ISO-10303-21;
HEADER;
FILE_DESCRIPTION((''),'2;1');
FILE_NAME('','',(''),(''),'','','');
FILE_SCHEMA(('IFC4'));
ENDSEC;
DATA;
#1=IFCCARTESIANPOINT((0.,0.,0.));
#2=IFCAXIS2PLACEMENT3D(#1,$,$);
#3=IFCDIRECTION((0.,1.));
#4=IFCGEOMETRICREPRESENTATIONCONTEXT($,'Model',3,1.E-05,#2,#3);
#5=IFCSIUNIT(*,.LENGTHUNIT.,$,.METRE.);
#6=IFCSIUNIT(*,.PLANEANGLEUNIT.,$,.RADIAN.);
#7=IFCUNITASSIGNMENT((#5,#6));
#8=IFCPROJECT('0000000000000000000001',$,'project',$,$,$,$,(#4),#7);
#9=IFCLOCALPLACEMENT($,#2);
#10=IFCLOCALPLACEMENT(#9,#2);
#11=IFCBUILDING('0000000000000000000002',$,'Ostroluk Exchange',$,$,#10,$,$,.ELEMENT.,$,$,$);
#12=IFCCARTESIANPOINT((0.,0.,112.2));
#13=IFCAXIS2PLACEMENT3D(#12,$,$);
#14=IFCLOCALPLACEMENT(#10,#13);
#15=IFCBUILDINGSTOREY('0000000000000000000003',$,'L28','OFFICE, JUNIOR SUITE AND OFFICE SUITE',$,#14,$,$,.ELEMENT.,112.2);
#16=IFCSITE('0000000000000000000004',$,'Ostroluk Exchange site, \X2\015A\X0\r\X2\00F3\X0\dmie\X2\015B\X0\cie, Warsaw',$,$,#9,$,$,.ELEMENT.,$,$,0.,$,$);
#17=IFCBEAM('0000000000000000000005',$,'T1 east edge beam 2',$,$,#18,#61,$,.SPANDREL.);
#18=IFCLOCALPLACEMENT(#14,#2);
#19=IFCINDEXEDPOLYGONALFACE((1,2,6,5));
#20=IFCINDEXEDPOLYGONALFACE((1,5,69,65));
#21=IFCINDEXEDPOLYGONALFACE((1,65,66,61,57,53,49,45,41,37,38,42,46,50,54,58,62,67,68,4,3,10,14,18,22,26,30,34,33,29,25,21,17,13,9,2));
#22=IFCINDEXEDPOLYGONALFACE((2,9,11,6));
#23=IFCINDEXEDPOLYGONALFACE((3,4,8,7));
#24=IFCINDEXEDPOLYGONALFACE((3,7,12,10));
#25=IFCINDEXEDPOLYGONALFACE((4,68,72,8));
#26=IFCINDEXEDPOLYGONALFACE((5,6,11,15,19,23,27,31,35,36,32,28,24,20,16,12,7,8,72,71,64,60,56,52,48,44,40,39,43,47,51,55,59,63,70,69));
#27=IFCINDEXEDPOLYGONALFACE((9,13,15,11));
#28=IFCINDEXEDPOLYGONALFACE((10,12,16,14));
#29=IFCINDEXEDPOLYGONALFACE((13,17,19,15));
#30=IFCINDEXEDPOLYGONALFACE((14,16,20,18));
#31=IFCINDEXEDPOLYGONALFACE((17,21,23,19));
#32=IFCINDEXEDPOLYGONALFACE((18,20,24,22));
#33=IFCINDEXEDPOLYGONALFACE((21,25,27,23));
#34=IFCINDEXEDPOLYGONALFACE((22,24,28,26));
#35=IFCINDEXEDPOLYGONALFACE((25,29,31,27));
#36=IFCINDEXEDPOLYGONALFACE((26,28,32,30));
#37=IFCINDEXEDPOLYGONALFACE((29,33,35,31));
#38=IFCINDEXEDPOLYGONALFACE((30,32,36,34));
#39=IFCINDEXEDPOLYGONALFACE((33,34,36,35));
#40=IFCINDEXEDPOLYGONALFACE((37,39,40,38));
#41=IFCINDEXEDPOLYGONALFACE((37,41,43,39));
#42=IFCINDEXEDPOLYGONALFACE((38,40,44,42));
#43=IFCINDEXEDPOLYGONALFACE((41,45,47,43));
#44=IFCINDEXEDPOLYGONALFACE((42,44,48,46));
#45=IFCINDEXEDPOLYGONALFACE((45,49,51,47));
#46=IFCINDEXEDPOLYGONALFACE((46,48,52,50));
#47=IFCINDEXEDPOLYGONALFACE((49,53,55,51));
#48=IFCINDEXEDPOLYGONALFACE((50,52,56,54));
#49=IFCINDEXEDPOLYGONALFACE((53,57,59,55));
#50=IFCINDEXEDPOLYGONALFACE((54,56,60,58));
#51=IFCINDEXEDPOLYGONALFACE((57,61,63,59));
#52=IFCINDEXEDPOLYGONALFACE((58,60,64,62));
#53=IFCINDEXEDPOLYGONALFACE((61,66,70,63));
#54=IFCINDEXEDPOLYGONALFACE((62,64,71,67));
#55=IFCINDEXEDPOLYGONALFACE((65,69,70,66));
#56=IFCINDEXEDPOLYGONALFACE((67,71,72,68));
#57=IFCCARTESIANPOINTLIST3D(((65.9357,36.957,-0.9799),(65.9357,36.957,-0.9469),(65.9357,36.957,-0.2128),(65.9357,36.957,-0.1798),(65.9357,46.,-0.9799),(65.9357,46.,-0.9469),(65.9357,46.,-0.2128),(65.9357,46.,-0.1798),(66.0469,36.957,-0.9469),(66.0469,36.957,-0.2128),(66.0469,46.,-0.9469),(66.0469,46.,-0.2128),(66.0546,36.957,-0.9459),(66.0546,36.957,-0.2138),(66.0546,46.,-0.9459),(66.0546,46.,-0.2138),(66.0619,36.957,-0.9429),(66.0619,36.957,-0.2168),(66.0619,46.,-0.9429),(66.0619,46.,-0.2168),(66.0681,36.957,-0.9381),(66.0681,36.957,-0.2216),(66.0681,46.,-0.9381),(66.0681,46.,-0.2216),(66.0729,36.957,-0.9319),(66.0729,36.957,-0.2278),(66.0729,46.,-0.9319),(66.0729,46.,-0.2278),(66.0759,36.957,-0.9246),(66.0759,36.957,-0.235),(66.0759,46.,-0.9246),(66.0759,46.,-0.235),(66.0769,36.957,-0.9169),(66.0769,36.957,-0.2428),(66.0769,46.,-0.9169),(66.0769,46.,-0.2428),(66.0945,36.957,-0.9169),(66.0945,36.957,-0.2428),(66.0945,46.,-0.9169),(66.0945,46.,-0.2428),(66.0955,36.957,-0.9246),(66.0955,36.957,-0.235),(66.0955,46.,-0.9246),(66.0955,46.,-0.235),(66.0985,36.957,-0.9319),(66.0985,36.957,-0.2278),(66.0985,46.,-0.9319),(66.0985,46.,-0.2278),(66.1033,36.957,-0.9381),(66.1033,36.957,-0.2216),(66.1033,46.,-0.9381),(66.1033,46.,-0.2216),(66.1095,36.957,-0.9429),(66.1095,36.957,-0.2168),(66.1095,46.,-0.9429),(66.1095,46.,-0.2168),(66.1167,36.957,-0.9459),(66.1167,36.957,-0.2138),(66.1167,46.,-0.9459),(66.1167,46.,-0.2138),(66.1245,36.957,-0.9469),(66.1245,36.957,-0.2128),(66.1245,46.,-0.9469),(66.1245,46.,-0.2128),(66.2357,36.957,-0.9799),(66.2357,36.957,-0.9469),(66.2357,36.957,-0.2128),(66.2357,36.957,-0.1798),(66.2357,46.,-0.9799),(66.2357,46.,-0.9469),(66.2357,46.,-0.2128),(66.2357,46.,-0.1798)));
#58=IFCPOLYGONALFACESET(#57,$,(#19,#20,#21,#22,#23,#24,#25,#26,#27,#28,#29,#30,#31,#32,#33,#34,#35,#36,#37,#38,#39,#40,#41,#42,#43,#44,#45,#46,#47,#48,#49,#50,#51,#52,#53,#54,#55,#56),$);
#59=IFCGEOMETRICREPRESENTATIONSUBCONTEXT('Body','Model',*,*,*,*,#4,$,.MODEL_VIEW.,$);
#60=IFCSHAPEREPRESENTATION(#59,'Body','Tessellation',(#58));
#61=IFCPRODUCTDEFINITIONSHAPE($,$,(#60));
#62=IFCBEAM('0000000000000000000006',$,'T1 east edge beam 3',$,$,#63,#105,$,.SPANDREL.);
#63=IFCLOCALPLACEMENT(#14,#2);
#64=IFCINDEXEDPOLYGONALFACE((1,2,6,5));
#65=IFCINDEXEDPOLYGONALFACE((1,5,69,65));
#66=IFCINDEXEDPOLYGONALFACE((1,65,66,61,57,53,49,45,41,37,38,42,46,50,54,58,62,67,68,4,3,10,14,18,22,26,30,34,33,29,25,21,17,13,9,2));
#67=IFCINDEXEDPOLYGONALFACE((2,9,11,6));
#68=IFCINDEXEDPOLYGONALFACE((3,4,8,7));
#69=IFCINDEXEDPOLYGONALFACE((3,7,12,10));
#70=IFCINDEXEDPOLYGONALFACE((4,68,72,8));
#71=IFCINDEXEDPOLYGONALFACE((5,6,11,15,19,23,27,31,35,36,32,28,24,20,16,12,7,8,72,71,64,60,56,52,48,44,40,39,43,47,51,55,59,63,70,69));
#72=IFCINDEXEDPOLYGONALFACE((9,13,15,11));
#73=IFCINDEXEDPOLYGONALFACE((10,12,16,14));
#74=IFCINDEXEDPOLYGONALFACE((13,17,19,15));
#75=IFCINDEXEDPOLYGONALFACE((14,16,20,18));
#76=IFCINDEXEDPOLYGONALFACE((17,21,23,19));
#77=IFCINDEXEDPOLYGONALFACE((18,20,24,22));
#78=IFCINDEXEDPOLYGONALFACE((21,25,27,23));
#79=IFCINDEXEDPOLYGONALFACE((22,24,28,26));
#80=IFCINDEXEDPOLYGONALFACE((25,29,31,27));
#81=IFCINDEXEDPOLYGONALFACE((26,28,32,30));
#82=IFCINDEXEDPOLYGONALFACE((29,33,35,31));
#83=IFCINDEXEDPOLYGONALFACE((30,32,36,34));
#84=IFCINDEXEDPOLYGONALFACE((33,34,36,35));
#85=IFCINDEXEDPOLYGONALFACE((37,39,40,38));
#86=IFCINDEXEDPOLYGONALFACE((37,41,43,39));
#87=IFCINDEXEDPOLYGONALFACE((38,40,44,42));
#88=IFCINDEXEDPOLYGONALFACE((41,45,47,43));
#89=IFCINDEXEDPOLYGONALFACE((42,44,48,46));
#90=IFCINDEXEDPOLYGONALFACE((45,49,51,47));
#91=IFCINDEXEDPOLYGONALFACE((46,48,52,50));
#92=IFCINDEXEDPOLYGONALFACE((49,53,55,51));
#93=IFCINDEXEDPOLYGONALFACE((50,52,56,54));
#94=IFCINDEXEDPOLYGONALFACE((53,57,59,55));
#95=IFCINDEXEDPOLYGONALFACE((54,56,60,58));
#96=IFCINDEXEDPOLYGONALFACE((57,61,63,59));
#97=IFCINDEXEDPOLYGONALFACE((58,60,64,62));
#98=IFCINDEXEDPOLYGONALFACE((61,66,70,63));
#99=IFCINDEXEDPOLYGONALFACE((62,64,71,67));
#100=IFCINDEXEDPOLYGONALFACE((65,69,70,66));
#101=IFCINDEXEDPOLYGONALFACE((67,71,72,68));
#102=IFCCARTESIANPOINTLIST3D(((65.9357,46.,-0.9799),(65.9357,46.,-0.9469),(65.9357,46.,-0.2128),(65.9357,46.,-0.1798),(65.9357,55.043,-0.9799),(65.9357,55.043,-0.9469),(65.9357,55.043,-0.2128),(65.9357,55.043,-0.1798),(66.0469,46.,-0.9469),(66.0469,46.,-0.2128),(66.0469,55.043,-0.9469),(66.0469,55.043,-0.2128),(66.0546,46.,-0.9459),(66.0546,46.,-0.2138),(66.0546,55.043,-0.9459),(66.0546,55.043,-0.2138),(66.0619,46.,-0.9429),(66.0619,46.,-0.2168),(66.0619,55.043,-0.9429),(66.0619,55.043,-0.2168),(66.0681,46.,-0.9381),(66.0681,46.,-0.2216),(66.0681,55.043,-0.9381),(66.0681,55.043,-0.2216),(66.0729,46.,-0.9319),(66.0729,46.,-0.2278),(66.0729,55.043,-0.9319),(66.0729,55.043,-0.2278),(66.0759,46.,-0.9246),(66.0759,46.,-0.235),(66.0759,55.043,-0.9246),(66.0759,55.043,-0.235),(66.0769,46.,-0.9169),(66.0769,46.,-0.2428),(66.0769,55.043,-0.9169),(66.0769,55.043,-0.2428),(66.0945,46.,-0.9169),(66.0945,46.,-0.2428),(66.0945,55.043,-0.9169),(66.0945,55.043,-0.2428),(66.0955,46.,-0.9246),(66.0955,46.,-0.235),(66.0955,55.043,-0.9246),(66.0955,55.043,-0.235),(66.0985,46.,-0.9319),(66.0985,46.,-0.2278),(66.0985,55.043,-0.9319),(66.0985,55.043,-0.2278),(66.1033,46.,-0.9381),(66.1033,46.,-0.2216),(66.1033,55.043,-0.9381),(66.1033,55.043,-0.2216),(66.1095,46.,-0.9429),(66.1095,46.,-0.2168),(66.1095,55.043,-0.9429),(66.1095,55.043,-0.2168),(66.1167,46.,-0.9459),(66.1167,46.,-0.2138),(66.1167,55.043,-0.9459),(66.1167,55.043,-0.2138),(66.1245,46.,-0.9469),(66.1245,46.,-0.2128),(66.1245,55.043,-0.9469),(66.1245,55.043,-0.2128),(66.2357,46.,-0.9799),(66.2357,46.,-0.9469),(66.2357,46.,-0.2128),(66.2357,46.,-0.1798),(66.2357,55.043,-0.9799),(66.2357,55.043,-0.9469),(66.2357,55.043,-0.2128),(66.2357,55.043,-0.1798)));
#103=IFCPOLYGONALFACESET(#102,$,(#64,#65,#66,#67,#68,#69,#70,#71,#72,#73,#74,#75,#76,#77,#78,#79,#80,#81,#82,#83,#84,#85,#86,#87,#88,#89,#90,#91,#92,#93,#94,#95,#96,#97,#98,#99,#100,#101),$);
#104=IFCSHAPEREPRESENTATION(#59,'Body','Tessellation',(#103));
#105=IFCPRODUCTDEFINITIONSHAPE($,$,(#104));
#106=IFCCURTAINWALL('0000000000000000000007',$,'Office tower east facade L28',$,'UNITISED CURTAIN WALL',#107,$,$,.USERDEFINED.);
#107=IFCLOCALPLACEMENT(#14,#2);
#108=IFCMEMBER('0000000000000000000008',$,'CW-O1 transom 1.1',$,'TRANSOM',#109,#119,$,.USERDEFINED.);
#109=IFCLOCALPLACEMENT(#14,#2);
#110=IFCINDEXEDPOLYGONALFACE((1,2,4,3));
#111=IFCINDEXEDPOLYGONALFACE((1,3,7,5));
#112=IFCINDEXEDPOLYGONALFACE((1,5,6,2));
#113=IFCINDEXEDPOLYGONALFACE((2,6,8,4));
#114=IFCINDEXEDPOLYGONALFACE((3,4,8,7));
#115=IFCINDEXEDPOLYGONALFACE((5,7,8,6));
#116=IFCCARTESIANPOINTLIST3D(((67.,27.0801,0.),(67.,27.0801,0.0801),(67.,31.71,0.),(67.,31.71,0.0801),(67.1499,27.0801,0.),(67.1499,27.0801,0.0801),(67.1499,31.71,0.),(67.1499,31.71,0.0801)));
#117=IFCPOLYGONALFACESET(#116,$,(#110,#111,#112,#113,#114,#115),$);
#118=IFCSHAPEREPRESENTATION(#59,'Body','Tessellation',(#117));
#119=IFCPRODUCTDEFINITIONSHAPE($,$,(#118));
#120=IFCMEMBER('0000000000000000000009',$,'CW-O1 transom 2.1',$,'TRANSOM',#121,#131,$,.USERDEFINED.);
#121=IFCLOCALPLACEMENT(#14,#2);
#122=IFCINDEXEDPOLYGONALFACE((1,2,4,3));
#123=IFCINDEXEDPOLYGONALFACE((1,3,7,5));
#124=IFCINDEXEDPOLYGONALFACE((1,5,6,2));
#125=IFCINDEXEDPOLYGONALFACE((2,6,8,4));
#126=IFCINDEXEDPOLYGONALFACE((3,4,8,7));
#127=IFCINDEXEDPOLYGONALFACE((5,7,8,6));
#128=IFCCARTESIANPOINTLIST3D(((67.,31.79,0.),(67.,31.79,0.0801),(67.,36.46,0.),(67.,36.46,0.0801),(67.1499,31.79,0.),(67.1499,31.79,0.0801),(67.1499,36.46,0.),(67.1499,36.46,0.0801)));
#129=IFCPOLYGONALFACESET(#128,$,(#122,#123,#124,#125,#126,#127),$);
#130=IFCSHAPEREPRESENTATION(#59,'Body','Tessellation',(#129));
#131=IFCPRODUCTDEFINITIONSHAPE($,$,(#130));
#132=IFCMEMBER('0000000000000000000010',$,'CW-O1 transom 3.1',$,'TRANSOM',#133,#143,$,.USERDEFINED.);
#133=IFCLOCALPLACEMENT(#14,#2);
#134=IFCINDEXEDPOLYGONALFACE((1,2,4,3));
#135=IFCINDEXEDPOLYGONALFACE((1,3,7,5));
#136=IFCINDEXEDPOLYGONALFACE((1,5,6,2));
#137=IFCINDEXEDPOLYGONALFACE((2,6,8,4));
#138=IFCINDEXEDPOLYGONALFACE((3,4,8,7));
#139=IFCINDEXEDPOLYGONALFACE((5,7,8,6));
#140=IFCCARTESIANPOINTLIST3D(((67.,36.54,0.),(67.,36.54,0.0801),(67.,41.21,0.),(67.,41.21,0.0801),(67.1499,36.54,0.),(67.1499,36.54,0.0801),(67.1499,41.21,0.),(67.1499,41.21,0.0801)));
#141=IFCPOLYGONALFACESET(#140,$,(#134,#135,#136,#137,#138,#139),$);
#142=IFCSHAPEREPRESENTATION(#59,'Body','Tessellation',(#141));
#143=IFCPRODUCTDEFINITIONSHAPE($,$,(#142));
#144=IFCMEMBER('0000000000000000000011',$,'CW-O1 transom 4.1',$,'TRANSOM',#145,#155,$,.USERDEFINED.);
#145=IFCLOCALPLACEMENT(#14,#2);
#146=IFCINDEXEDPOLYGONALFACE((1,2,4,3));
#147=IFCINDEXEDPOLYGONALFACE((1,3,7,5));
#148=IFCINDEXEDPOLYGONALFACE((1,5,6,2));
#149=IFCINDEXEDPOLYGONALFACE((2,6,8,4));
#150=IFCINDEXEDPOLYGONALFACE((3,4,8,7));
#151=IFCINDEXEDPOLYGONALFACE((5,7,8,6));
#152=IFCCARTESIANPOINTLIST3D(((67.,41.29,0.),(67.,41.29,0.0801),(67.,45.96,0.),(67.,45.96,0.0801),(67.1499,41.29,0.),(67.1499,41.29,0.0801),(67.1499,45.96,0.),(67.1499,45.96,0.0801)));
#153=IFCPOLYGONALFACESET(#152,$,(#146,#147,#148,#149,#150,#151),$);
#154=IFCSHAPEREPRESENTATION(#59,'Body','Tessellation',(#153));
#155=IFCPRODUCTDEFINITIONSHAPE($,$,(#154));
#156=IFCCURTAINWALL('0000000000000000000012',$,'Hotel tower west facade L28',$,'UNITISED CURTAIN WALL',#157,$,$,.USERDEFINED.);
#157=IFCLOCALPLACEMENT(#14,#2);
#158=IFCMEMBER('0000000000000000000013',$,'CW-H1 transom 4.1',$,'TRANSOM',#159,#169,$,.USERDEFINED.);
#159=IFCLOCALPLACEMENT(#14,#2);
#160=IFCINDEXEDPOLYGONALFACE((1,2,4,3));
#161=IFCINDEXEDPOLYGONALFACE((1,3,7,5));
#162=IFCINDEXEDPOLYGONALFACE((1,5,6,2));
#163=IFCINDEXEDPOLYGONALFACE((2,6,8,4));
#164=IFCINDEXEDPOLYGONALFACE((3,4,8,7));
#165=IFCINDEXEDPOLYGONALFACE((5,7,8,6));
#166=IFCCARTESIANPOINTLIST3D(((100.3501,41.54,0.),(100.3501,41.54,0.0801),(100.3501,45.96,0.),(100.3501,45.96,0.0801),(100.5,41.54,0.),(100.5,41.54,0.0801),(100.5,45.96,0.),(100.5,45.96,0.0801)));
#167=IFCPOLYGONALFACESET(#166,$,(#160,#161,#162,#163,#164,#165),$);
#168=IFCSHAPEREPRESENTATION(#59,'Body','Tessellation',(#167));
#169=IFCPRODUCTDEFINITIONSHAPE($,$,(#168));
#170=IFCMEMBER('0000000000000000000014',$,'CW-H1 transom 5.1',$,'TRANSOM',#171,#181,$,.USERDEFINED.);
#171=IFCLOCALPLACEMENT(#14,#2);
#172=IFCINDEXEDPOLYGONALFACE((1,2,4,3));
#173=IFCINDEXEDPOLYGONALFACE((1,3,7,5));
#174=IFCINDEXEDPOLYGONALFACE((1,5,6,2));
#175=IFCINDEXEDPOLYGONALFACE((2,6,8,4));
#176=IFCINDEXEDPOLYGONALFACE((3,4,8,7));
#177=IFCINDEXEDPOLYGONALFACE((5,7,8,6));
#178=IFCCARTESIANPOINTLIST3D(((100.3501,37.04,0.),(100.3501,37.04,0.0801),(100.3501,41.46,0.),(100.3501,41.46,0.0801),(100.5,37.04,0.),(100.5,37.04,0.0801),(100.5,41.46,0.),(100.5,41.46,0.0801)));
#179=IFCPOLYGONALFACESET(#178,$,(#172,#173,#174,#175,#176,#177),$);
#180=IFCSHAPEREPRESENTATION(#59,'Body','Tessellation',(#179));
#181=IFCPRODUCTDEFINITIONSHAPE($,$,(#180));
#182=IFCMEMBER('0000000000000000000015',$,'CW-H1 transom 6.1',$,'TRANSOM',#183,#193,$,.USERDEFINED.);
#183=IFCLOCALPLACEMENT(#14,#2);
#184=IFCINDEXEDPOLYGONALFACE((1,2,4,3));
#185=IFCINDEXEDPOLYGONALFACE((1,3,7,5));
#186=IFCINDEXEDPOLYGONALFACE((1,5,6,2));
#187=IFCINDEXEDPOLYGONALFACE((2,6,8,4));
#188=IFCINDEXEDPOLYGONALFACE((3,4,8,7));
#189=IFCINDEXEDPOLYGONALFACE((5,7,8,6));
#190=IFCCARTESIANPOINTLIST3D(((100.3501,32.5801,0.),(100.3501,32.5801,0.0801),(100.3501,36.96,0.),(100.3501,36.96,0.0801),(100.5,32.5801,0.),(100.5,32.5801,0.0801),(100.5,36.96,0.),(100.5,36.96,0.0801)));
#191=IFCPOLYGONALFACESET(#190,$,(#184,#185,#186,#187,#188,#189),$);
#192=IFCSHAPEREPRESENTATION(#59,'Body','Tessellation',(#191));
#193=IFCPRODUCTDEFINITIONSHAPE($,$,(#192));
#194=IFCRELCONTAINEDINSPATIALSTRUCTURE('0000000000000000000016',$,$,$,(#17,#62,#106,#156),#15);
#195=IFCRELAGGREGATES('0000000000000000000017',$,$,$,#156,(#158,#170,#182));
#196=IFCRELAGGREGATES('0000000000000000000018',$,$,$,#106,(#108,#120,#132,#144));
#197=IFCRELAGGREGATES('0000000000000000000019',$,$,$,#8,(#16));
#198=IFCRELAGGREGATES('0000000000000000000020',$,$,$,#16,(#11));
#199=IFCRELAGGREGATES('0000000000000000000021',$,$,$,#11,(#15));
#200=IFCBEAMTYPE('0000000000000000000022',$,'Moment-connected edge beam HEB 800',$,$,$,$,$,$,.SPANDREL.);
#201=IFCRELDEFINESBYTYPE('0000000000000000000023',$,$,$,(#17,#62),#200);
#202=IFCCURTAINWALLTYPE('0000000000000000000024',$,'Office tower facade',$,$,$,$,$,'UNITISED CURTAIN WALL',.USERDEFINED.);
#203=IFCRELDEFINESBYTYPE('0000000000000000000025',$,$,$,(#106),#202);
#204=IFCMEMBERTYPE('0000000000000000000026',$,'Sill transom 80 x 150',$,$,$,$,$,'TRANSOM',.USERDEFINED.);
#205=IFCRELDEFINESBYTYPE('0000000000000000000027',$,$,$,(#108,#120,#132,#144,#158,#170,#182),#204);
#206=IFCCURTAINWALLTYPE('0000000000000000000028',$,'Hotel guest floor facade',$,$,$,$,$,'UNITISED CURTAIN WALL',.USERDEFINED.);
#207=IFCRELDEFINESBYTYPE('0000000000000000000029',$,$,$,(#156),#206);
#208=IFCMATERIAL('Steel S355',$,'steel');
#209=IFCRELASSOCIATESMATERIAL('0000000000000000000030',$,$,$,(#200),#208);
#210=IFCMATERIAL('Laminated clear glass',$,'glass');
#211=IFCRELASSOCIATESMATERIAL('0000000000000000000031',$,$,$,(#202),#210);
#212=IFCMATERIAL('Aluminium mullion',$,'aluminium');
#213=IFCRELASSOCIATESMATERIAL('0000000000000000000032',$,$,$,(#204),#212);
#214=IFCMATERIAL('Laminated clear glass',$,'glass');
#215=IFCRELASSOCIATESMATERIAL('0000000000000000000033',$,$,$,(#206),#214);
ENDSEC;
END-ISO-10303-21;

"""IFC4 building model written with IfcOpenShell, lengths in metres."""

from ifc_helpers import new_model, si_unit, direction, frame, origin, origin_2d, place, context, subcontext, project, spatial, rectangle, i_section, extrude, material, material_profile, profile_set, type_object, element, aggregate, save


model = new_model("IFC4")

# Units and contexts
model_context = context("Model", 3, precision=1e-05, world=origin(), true_north=direction((0.0, 1.0)))
body_context = subcontext(model_context, "Body", "Model", "MODEL_VIEW")
ifc_project = project(units=[si_unit("LENGTHUNIT", "METRE"), si_unit("PLANEANGLEUNIT", "RADIAN")], contexts=[model_context])

# Site, building, storey
site_placement = place(None, origin())
site = spatial("IfcSite", under=ifc_project, at=site_placement, Name="Ostroluk Exchange site, Śródmieście, Warsaw", CompositionType="ELEMENT", RefElevation=0.0)
building_placement = place(site_placement, origin())
building = spatial("IfcBuilding", under=site, at=building_placement, Name="Ostroluk Exchange", CompositionType="ELEMENT")
storey_placement = place(building_placement, frame((0.0, 0.0, 112.2)))
storey = spatial("IfcBuildingStorey", under=building, at=storey_placement, Name="L28", Description="OFFICE, JUNIOR SUITE AND OFFICE SUITE", CompositionType="ELEMENT", Elevation=112.2)

# Beams
ifc_material_1 = material(Name="Steel S355", Category="steel")
ifc_material_profile_1 = material_profile(ifc_material_1, i_section(OverallWidth=0.3, OverallDepth=0.8, WebThickness=0.0176, FlangeThickness=0.033, FilletRadius=0.03, at=origin_2d()), Name="HEB 800")
ifc_profile_set_1 = profile_set([ifc_material_profile_1], Name="Steel S355")
beam_type_1 = type_object("IfcBeamType", Name="Moment-connected edge beam HEB 800", PredefinedType="SPANDREL", material=ifc_profile_set_1)
for number, where, z_axis, x_axis, name in (
    (1, (66.0857, 36.957, -0.5798), (0.0, 1.0, 0.0), (-1.0, 0.0, 0.0), "T1 east edge beam 2"),
    (2, (66.0857, 46.0, -0.5798), (0.0, 1.0, 0.0), (-1.0, 0.0, 0.0), "T1 east edge beam 3"),
):
    element("IfcBeam", number, at=place(storey_placement, frame(where, z_axis=z_axis, x_axis=x_axis)), inside=storey, type_object=beam_type_1, Name=name, PredefinedType="SPANDREL", context=body_context, shape_type="SweptSolid", body=[
        extrude(i_section(OverallWidth=0.3, OverallDepth=0.8, WebThickness=0.0176, FlangeThickness=0.033, FilletRadius=0.03, at=origin_2d()), origin(), (0.0, 0.0, 1.0), 9.043),
    ])

# Curtain walls, members
ifc_material_2 = material(Name="Laminated clear glass", Category="glass")
curtain_wall_type_1 = type_object("IfcCurtainWallType", Name="Office tower facade", ElementType="UNITISED CURTAIN WALL", PredefinedType="USERDEFINED", material=ifc_material_2)
curtain_wall_1_placement = place(storey_placement, origin())
curtain_wall_1 = element("IfcCurtainWall", 3, at=curtain_wall_1_placement, inside=storey, type_object=curtain_wall_type_1, Name="Office tower east facade L28", ObjectType="UNITISED CURTAIN WALL", PredefinedType="USERDEFINED")
ifc_material_3 = material(Name="Aluminium mullion", Category="aluminium")
ifc_material_profile_2 = material_profile(ifc_material_3, rectangle(XDim=0.1499, YDim=0.0801, at=origin_2d()), Name="Sill transom 80 x 150")
ifc_profile_set_2 = profile_set([ifc_material_profile_2], Name="Aluminium mullion")
member_type_1 = type_object("IfcMemberType", Name="Sill transom 80 x 150", ElementType="TRANSOM", PredefinedType="USERDEFINED", material=ifc_profile_set_2)
member_1_placement = place(storey_placement, frame((67.075, 27.0801, 0.04), z_axis=(0.0, 1.0, 0.0), x_axis=(-1.0, 0.0, 0.0)))
member_1 = element("IfcMember", 4, at=member_1_placement, type_object=member_type_1, Name="CW-O1 transom 1.1", ObjectType="TRANSOM", PredefinedType="USERDEFINED", context=body_context, shape_type="SweptSolid", body=[
    extrude(rectangle(XDim=0.1499, YDim=0.0801, at=origin_2d()), origin(), (0.0, 0.0, 1.0), 4.6299),
])
member_2_placement = place(storey_placement, frame((67.075, 31.79, 0.04), z_axis=(0.0, 1.0, 0.0), x_axis=(-1.0, 0.0, 0.0)))
member_2 = element("IfcMember", 5, at=member_2_placement, type_object=member_type_1, Name="CW-O1 transom 2.1", ObjectType="TRANSOM", PredefinedType="USERDEFINED", context=body_context, shape_type="SweptSolid", body=[
    extrude(rectangle(XDim=0.1499, YDim=0.0801, at=origin_2d()), origin(), (0.0, 0.0, 1.0), 4.6699),
])
member_3_placement = place(storey_placement, frame((67.075, 36.54, 0.04), z_axis=(0.0, 1.0, 0.0), x_axis=(-1.0, 0.0, 0.0)))
member_3 = element("IfcMember", 6, at=member_3_placement, type_object=member_type_1, Name="CW-O1 transom 3.1", ObjectType="TRANSOM", PredefinedType="USERDEFINED", context=body_context, shape_type="SweptSolid", body=[
    extrude(rectangle(XDim=0.1499, YDim=0.0801, at=origin_2d()), origin(), (0.0, 0.0, 1.0), 4.6699),
])
member_4_placement = place(storey_placement, frame((67.075, 41.29, 0.04), z_axis=(0.0, 1.0, 0.0), x_axis=(-1.0, 0.0, 0.0)))
member_4 = element("IfcMember", 7, at=member_4_placement, type_object=member_type_1, Name="CW-O1 transom 4.1", ObjectType="TRANSOM", PredefinedType="USERDEFINED", context=body_context, shape_type="SweptSolid", body=[
    extrude(rectangle(XDim=0.1499, YDim=0.0801, at=origin_2d()), origin(), (0.0, 0.0, 1.0), 4.6699),
])
ifc_material_4 = material(Name="Laminated clear glass", Category="glass")
curtain_wall_type_2 = type_object("IfcCurtainWallType", Name="Hotel guest floor facade", ElementType="UNITISED CURTAIN WALL", PredefinedType="USERDEFINED", material=ifc_material_4)
curtain_wall_2_placement = place(storey_placement, origin())
curtain_wall_2 = element("IfcCurtainWall", 8, at=curtain_wall_2_placement, inside=storey, type_object=curtain_wall_type_2, Name="Hotel tower west facade L28", ObjectType="UNITISED CURTAIN WALL", PredefinedType="USERDEFINED")
member_5_placement = place(storey_placement, frame((100.425, 45.96, 0.04), z_axis=(0.0, -1.0, 0.0), x_axis=(1.0, 0.0, 0.0)))
member_5 = element("IfcMember", 9, at=member_5_placement, type_object=member_type_1, Name="CW-H1 transom 4.1", ObjectType="TRANSOM", PredefinedType="USERDEFINED", context=body_context, shape_type="SweptSolid", body=[
    extrude(rectangle(XDim=0.1499, YDim=0.0801, at=origin_2d()), origin(), (0.0, 0.0, 1.0), 4.4199),
])
member_6_placement = place(storey_placement, frame((100.425, 41.46, 0.04), z_axis=(0.0, -1.0, 0.0), x_axis=(1.0, 0.0, 0.0)))
member_6 = element("IfcMember", 10, at=member_6_placement, type_object=member_type_1, Name="CW-H1 transom 5.1", ObjectType="TRANSOM", PredefinedType="USERDEFINED", context=body_context, shape_type="SweptSolid", body=[
    extrude(rectangle(XDim=0.1499, YDim=0.0801, at=origin_2d()), origin(), (0.0, 0.0, 1.0), 4.4199),
])
member_7_placement = place(storey_placement, frame((100.425, 36.96, 0.04), z_axis=(0.0, -1.0, 0.0), x_axis=(1.0, 0.0, 0.0)))
member_7 = element("IfcMember", 11, at=member_7_placement, type_object=member_type_1, Name="CW-H1 transom 6.1", ObjectType="TRANSOM", PredefinedType="USERDEFINED", context=body_context, shape_type="SweptSolid", body=[
    extrude(rectangle(XDim=0.1499, YDim=0.0801, at=origin_2d()), origin(), (0.0, 0.0, 1.0), 4.3799),
])

aggregate(curtain_wall_2, [member_5, member_6, member_7])
aggregate(curtain_wall_1, [member_1, member_2, member_3, member_4])

save(model, "model.ifc")
